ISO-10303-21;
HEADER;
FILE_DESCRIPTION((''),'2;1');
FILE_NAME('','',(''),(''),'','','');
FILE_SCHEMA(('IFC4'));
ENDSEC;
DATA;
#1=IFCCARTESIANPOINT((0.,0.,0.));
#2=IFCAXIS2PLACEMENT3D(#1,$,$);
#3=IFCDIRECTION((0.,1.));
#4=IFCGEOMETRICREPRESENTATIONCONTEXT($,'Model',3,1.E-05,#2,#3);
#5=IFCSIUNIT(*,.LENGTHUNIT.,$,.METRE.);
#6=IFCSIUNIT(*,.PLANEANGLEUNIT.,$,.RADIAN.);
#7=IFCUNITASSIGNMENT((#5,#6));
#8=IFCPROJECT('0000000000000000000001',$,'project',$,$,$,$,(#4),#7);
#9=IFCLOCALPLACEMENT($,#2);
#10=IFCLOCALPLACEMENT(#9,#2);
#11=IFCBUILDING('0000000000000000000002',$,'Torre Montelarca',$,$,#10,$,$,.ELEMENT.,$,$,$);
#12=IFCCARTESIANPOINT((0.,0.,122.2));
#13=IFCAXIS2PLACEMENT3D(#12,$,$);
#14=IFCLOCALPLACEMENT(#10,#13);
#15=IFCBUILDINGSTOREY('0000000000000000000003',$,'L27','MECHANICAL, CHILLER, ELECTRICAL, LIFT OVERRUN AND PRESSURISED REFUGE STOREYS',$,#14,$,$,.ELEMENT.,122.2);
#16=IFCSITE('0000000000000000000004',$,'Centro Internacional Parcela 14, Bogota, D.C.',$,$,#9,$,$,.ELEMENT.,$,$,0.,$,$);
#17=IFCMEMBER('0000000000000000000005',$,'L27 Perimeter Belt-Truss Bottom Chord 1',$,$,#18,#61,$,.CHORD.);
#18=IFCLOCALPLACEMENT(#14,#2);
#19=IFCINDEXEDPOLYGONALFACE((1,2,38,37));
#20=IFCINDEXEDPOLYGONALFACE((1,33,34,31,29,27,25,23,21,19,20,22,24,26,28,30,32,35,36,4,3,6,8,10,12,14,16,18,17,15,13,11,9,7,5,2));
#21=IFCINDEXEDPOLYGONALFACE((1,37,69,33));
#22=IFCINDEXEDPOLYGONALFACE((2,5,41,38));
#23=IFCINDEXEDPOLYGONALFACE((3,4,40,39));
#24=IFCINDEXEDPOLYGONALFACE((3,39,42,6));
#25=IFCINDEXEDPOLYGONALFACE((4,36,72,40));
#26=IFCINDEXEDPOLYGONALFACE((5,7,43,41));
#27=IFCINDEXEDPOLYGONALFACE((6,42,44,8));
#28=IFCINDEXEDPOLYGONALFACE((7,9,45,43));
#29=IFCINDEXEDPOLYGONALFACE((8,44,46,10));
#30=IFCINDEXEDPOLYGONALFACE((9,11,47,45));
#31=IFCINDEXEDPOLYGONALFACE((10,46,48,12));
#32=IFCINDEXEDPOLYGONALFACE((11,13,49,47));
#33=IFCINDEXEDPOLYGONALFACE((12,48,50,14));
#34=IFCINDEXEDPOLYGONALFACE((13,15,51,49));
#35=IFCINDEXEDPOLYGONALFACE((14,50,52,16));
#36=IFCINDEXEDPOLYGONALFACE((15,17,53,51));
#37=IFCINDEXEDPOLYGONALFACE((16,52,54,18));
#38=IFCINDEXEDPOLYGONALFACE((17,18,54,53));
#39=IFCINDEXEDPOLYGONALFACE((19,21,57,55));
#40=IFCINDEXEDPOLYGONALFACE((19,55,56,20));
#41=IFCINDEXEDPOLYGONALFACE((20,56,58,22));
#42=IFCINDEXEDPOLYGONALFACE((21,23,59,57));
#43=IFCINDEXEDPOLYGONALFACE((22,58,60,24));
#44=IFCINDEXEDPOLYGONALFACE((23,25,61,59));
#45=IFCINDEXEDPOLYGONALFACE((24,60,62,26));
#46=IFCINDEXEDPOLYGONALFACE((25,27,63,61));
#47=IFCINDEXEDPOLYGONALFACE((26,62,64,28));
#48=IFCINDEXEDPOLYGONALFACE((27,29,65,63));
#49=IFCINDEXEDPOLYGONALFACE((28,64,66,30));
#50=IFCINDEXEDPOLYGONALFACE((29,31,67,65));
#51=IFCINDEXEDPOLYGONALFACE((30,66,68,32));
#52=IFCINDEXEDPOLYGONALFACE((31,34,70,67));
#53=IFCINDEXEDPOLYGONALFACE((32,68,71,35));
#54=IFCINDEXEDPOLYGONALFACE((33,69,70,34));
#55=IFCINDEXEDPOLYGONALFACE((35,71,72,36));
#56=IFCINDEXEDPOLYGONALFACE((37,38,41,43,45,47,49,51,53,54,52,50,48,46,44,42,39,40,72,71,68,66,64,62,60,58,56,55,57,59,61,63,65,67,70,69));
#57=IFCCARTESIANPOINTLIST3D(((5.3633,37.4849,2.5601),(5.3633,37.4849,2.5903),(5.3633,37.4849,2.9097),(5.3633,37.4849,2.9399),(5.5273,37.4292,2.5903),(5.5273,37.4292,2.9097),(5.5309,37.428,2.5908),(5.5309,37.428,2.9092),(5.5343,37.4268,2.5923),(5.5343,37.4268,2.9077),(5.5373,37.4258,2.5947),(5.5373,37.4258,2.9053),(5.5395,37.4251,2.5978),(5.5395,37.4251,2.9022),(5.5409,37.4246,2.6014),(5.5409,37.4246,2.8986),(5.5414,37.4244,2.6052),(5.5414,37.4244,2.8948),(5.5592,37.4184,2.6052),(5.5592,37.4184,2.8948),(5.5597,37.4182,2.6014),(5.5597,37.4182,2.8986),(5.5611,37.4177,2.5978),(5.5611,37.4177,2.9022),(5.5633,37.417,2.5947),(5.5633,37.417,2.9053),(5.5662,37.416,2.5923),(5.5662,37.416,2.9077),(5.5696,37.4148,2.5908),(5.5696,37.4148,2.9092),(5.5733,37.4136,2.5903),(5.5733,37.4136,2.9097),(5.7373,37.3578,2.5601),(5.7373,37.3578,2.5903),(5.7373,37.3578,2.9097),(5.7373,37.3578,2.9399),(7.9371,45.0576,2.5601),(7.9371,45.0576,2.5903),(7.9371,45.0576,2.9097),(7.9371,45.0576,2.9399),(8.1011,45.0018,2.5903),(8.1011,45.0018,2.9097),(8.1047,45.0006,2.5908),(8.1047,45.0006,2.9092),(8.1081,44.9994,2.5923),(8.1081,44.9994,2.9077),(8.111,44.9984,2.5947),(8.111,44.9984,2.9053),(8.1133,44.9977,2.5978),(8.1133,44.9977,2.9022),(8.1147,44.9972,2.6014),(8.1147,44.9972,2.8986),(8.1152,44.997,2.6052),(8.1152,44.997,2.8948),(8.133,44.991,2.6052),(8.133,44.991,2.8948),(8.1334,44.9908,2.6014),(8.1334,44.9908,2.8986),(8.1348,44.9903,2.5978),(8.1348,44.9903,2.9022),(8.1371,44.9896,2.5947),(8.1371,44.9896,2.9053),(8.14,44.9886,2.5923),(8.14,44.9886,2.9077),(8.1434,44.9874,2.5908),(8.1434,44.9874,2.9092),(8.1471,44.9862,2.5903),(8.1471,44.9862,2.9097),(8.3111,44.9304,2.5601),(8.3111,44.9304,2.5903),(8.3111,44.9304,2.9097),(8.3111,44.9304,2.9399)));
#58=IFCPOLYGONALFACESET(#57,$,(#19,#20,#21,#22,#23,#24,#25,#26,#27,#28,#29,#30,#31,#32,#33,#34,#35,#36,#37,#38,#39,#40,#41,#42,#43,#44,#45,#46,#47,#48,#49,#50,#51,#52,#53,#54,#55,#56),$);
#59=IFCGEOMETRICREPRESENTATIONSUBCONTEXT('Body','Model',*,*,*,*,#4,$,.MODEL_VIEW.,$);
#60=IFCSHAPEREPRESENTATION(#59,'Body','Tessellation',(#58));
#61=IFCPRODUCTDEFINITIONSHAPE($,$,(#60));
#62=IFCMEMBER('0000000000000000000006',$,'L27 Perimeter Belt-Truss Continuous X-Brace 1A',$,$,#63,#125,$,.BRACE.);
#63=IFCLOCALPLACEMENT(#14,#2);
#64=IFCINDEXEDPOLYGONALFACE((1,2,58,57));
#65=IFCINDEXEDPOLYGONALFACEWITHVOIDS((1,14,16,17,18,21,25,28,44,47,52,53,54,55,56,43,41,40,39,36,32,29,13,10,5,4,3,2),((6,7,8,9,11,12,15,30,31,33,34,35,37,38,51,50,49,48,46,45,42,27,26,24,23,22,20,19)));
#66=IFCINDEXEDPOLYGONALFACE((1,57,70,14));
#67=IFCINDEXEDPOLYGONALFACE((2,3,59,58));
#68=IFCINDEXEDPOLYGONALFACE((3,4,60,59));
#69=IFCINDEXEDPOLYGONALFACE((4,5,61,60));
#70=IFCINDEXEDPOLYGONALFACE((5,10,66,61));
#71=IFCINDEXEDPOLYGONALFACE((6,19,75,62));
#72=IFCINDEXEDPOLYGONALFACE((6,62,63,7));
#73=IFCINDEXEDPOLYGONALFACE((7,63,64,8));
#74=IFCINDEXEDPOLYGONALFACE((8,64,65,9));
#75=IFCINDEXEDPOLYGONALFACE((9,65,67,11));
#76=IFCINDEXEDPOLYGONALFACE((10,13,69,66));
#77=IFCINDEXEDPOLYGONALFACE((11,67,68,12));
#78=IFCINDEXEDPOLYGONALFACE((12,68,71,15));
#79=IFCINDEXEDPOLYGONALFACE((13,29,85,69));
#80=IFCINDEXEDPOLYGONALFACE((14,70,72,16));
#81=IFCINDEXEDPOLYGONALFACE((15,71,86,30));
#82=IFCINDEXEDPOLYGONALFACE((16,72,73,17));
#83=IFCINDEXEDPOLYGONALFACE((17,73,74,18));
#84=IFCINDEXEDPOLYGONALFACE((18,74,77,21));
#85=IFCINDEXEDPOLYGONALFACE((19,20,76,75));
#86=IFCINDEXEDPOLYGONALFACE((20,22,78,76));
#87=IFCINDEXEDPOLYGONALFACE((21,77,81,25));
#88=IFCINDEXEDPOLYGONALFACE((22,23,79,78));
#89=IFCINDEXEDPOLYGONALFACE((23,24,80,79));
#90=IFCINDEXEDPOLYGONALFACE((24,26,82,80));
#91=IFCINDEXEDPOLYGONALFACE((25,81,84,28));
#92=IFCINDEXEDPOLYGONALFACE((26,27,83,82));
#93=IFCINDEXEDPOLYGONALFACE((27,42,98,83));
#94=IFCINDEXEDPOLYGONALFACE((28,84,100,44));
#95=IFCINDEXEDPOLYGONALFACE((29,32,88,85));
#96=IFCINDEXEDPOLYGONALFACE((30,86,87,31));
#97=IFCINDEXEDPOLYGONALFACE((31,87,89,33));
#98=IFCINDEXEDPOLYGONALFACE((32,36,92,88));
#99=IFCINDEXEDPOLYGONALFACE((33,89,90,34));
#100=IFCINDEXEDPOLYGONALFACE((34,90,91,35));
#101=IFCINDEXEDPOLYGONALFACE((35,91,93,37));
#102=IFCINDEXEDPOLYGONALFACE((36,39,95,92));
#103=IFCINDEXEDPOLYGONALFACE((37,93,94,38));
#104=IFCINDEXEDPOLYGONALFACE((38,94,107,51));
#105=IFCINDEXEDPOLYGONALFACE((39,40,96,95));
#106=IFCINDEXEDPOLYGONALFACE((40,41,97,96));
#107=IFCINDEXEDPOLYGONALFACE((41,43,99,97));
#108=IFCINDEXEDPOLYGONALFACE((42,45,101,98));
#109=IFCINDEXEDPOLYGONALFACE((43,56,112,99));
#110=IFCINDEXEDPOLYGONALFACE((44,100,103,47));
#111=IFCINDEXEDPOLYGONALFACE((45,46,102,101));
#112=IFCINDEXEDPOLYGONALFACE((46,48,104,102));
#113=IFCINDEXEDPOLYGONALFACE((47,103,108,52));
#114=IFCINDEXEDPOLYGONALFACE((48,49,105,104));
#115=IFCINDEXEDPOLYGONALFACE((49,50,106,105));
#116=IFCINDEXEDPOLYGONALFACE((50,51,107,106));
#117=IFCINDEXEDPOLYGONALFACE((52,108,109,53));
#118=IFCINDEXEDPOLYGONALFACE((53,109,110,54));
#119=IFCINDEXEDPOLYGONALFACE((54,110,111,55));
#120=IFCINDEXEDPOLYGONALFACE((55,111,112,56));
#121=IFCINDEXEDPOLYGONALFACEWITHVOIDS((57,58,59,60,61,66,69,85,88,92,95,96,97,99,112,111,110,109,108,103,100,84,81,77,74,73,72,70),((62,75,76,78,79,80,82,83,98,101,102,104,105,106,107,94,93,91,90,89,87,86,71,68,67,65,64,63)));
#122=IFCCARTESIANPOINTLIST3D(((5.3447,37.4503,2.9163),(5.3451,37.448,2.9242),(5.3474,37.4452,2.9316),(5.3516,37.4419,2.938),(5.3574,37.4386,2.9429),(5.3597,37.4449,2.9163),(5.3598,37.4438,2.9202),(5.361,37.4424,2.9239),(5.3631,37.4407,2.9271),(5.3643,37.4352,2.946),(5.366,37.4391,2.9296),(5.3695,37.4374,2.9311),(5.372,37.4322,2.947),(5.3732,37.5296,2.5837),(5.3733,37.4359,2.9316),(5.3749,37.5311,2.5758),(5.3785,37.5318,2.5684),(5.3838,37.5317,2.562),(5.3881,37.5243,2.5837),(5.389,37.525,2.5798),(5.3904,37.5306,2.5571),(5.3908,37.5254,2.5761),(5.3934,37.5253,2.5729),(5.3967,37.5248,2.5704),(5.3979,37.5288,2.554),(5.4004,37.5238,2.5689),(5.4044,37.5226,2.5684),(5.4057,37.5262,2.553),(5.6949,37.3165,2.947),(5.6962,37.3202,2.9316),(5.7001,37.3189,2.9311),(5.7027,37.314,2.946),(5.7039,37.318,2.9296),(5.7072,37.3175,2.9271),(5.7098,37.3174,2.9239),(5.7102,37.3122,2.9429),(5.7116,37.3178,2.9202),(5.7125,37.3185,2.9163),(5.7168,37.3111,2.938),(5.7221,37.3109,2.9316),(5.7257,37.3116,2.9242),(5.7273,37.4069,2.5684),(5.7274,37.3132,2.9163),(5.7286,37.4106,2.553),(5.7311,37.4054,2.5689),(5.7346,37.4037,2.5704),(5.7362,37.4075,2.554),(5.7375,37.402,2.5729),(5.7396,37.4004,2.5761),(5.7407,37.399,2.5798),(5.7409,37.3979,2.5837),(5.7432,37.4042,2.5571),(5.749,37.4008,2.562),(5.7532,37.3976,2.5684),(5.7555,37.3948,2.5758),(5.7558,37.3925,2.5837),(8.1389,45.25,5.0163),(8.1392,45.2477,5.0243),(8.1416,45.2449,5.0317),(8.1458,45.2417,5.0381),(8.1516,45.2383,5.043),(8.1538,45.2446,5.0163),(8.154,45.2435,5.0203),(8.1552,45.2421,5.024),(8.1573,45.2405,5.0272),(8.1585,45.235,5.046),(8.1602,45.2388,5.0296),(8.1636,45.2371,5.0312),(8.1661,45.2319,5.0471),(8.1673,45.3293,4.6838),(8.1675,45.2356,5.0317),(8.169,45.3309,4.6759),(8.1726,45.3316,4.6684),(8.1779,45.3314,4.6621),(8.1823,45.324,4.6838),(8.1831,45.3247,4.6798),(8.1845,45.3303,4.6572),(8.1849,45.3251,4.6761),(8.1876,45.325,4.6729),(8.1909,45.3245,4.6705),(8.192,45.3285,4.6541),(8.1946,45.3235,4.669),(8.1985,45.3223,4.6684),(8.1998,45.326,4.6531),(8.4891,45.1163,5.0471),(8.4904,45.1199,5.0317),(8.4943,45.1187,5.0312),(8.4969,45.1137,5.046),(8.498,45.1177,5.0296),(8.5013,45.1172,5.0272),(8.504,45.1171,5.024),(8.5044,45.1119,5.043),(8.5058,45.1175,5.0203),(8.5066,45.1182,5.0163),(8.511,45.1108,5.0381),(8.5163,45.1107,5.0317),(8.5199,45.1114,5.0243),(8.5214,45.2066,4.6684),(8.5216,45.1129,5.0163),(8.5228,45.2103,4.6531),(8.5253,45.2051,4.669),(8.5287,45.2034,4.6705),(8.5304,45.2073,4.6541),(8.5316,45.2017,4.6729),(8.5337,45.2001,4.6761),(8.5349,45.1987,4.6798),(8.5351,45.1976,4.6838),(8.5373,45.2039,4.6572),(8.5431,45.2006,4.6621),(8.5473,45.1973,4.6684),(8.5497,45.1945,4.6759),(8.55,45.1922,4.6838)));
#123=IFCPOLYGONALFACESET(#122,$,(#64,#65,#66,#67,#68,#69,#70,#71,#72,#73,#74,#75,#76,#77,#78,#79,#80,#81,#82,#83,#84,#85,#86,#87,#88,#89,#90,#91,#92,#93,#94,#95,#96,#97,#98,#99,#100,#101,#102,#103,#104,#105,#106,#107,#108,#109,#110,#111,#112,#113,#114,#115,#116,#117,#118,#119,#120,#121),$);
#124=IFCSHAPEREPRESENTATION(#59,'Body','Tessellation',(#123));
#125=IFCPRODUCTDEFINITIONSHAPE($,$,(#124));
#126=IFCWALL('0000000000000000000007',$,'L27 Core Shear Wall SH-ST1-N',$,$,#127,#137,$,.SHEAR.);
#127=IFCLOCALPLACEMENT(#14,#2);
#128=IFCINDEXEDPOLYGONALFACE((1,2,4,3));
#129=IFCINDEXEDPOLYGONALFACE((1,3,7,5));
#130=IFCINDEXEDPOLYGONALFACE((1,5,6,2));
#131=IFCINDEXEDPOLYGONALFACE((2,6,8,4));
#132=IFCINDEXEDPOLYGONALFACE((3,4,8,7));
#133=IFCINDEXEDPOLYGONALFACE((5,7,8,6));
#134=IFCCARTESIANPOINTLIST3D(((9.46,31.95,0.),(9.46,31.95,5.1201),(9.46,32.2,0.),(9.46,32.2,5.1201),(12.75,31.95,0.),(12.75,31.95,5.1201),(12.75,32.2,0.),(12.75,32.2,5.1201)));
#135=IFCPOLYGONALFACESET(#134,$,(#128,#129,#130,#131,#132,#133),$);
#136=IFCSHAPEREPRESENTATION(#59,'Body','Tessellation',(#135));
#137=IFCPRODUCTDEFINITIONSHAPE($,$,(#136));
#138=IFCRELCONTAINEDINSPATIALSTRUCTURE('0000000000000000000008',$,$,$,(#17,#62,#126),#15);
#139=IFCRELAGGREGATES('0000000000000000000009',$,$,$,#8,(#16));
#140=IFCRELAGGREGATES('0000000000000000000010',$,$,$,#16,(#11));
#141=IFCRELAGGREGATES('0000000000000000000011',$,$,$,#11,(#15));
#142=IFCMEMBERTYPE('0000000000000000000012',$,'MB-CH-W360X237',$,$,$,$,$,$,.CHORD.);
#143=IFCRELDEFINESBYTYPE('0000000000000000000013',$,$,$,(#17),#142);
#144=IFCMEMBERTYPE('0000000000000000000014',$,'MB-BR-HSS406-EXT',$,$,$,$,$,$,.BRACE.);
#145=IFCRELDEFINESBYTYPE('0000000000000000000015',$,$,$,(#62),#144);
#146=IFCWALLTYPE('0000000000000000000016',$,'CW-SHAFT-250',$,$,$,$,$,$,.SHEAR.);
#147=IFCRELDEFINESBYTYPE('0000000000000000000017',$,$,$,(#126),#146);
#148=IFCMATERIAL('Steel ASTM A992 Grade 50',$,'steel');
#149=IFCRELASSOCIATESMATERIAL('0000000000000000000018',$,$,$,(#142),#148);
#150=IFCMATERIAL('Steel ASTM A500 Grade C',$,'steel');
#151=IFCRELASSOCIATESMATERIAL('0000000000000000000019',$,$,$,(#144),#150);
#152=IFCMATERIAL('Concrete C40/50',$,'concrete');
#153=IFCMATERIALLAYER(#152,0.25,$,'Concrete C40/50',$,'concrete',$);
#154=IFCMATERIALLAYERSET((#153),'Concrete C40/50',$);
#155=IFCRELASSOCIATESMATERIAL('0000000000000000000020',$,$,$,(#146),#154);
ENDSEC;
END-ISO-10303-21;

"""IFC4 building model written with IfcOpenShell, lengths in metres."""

from ifc_helpers import new_model, si_unit, direction, frame, frame_2d, origin, origin_2d, place, context, subcontext, project, spatial, rectangle, hollow_rectangle, i_section, extrude, source, transform, mapped, material, layer, layer_set, material_profile, profile_set, type_object, element, save


model = new_model("IFC4")

# Units and contexts
model_context = context("Model", 3, precision=1e-05, world=origin(), true_north=direction((0.0, 1.0)))
body_context = subcontext(model_context, "Body", "Model", "MODEL_VIEW")
ifc_project = project(units=[si_unit("LENGTHUNIT", "METRE"), si_unit("PLANEANGLEUNIT", "RADIAN")], contexts=[model_context])

# Site, building, storey
site_placement = place(None, origin())
site = spatial("IfcSite", under=ifc_project, at=site_placement, Name="Centro Internacional Parcela 14, Bogota, D.C.", CompositionType="ELEMENT", RefElevation=0.0)
building_placement = place(site_placement, origin())
building = spatial("IfcBuilding", under=site, at=building_placement, Name="Torre Montelarca", CompositionType="ELEMENT")
storey_placement = place(building_placement, frame((0.0, 0.0, 122.2)))
storey = spatial("IfcBuildingStorey", under=building, at=storey_placement, Name="L27", Description="MECHANICAL, CHILLER, ELECTRICAL, LIFT OVERRUN AND PRESSURISED REFUGE STOREYS", CompositionType="ELEMENT", Elevation=122.2)

# Shared definitions
ifc_material_1 = material(Name="Steel ASTM A500 Grade C", Category="steel")

# Members
ifc_material_2 = material(Name="Steel ASTM A992 Grade 50", Category="steel")
ifc_material_profile_1 = material_profile(ifc_material_2, i_section(OverallWidth=0.395, OverallDepth=0.3799, WebThickness=0.0188, FlangeThickness=0.0303, FilletRadius=0.0149, at=origin_2d()), Name="W360X237", Category="steel")
ifc_profile_set_1 = profile_set([ifc_material_profile_1], Name="Steel ASTM A992 Grade 50")
member_type_1 = type_object("IfcMemberType", Name="MB-CH-W360X237", PredefinedType="CHORD", material=ifc_profile_set_1)
shared_shape_1 = source(origin(), body_context, "Body", "SweptSolid", [
    extrude(i_section(OverallWidth=0.395, OverallDepth=0.3799, WebThickness=0.0188, FlangeThickness=0.0303, FilletRadius=0.0149, at=origin_2d()), origin(), (0.0, 0.0, 1.0), 7.998),
])
member_1_placement = place(storey_placement, frame((5.5503, 37.4214, 2.75), z_axis=(0.321799, 0.946808, 0.0), x_axis=(-0.946808, 0.321799, 0.0)))
element("IfcMember", 1, at=member_1_placement, inside=storey, type_object=member_type_1, Name="L27 Perimeter Belt-Truss Bottom Chord 1", PredefinedType="CHORD", context=body_context, shape_type="MappedRepresentation", body=[
    mapped(shared_shape_1, transform((0.0, 0.0, 0.0), scale=1.0)),
])
ifc_material_profile_2 = material_profile(ifc_material_1, hollow_rectangle(XDim=0.4065, YDim=0.4065, WallThickness=0.0159, InnerFilletRadius=0.0159, OuterFilletRadius=0.0317, at=origin_2d()), Name="HSS406X406X15.9", Category="steel")
ifc_profile_set_2 = profile_set([ifc_material_profile_2], Name="Steel ASTM A500 Grade C")
member_type_2 = type_object("IfcMemberType", Name="MB-BR-HSS406-EXT", PredefinedType="BRACE", material=ifc_profile_set_2)
shared_shape_2 = source(origin(), body_context, "Body", "SweptSolid", [
    extrude(hollow_rectangle(XDim=0.4065, YDim=0.4065, WallThickness=0.0159, InnerFilletRadius=0.0159, OuterFilletRadius=0.0317, at=origin_2d()), origin(), (0.0, 0.0, 1.0), 8.5471),
])
member_2_placement = place(storey_placement, frame((5.5503, 37.4214, 2.75), z_axis=(0.326912, 0.912555, 0.245706), x_axis=(-0.941415, 0.337251, 0.0)))
element("IfcMember", 2, at=member_2_placement, inside=storey, type_object=member_type_2, Name="L27 Perimeter Belt-Truss Continuous X-Brace 1A", PredefinedType="BRACE", context=body_context, shape_type="MappedRepresentation", body=[
    mapped(shared_shape_2, transform((0.0, 0.0, 0.0), scale=1.0)),
])

# Wall
ifc_material_3 = material(Name="Concrete C40/50", Category="concrete")
ifc_layer_1 = layer(ifc_material_3, 0.25, Name="Concrete C40/50", Category="concrete")
ifc_layer_set_1 = layer_set([ifc_layer_1], Name="Concrete C40/50")
wall_type_1 = type_object("IfcWallType", Name="CW-SHAFT-250", PredefinedType="SHEAR", material=ifc_layer_set_1)
wall_1_placement = place(storey_placement, frame((9.46, 32.075, 0.0), z_axis=(0.0, 0.0, 1.0), x_axis=(1.0, 0.0, 0.0)))
element("IfcWall", 3, at=wall_1_placement, inside=storey, type_object=wall_type_1, Name="L27 Core Shear Wall SH-ST1-N", PredefinedType="SHEAR", context=body_context, shape_type="SweptSolid", body=[
    extrude(rectangle(XDim=3.29, YDim=0.25, at=frame_2d((1.645, 0.0))), origin(), (0.0, 0.0, 1.0), 5.1201),
])

save(model, "model.ifc")
